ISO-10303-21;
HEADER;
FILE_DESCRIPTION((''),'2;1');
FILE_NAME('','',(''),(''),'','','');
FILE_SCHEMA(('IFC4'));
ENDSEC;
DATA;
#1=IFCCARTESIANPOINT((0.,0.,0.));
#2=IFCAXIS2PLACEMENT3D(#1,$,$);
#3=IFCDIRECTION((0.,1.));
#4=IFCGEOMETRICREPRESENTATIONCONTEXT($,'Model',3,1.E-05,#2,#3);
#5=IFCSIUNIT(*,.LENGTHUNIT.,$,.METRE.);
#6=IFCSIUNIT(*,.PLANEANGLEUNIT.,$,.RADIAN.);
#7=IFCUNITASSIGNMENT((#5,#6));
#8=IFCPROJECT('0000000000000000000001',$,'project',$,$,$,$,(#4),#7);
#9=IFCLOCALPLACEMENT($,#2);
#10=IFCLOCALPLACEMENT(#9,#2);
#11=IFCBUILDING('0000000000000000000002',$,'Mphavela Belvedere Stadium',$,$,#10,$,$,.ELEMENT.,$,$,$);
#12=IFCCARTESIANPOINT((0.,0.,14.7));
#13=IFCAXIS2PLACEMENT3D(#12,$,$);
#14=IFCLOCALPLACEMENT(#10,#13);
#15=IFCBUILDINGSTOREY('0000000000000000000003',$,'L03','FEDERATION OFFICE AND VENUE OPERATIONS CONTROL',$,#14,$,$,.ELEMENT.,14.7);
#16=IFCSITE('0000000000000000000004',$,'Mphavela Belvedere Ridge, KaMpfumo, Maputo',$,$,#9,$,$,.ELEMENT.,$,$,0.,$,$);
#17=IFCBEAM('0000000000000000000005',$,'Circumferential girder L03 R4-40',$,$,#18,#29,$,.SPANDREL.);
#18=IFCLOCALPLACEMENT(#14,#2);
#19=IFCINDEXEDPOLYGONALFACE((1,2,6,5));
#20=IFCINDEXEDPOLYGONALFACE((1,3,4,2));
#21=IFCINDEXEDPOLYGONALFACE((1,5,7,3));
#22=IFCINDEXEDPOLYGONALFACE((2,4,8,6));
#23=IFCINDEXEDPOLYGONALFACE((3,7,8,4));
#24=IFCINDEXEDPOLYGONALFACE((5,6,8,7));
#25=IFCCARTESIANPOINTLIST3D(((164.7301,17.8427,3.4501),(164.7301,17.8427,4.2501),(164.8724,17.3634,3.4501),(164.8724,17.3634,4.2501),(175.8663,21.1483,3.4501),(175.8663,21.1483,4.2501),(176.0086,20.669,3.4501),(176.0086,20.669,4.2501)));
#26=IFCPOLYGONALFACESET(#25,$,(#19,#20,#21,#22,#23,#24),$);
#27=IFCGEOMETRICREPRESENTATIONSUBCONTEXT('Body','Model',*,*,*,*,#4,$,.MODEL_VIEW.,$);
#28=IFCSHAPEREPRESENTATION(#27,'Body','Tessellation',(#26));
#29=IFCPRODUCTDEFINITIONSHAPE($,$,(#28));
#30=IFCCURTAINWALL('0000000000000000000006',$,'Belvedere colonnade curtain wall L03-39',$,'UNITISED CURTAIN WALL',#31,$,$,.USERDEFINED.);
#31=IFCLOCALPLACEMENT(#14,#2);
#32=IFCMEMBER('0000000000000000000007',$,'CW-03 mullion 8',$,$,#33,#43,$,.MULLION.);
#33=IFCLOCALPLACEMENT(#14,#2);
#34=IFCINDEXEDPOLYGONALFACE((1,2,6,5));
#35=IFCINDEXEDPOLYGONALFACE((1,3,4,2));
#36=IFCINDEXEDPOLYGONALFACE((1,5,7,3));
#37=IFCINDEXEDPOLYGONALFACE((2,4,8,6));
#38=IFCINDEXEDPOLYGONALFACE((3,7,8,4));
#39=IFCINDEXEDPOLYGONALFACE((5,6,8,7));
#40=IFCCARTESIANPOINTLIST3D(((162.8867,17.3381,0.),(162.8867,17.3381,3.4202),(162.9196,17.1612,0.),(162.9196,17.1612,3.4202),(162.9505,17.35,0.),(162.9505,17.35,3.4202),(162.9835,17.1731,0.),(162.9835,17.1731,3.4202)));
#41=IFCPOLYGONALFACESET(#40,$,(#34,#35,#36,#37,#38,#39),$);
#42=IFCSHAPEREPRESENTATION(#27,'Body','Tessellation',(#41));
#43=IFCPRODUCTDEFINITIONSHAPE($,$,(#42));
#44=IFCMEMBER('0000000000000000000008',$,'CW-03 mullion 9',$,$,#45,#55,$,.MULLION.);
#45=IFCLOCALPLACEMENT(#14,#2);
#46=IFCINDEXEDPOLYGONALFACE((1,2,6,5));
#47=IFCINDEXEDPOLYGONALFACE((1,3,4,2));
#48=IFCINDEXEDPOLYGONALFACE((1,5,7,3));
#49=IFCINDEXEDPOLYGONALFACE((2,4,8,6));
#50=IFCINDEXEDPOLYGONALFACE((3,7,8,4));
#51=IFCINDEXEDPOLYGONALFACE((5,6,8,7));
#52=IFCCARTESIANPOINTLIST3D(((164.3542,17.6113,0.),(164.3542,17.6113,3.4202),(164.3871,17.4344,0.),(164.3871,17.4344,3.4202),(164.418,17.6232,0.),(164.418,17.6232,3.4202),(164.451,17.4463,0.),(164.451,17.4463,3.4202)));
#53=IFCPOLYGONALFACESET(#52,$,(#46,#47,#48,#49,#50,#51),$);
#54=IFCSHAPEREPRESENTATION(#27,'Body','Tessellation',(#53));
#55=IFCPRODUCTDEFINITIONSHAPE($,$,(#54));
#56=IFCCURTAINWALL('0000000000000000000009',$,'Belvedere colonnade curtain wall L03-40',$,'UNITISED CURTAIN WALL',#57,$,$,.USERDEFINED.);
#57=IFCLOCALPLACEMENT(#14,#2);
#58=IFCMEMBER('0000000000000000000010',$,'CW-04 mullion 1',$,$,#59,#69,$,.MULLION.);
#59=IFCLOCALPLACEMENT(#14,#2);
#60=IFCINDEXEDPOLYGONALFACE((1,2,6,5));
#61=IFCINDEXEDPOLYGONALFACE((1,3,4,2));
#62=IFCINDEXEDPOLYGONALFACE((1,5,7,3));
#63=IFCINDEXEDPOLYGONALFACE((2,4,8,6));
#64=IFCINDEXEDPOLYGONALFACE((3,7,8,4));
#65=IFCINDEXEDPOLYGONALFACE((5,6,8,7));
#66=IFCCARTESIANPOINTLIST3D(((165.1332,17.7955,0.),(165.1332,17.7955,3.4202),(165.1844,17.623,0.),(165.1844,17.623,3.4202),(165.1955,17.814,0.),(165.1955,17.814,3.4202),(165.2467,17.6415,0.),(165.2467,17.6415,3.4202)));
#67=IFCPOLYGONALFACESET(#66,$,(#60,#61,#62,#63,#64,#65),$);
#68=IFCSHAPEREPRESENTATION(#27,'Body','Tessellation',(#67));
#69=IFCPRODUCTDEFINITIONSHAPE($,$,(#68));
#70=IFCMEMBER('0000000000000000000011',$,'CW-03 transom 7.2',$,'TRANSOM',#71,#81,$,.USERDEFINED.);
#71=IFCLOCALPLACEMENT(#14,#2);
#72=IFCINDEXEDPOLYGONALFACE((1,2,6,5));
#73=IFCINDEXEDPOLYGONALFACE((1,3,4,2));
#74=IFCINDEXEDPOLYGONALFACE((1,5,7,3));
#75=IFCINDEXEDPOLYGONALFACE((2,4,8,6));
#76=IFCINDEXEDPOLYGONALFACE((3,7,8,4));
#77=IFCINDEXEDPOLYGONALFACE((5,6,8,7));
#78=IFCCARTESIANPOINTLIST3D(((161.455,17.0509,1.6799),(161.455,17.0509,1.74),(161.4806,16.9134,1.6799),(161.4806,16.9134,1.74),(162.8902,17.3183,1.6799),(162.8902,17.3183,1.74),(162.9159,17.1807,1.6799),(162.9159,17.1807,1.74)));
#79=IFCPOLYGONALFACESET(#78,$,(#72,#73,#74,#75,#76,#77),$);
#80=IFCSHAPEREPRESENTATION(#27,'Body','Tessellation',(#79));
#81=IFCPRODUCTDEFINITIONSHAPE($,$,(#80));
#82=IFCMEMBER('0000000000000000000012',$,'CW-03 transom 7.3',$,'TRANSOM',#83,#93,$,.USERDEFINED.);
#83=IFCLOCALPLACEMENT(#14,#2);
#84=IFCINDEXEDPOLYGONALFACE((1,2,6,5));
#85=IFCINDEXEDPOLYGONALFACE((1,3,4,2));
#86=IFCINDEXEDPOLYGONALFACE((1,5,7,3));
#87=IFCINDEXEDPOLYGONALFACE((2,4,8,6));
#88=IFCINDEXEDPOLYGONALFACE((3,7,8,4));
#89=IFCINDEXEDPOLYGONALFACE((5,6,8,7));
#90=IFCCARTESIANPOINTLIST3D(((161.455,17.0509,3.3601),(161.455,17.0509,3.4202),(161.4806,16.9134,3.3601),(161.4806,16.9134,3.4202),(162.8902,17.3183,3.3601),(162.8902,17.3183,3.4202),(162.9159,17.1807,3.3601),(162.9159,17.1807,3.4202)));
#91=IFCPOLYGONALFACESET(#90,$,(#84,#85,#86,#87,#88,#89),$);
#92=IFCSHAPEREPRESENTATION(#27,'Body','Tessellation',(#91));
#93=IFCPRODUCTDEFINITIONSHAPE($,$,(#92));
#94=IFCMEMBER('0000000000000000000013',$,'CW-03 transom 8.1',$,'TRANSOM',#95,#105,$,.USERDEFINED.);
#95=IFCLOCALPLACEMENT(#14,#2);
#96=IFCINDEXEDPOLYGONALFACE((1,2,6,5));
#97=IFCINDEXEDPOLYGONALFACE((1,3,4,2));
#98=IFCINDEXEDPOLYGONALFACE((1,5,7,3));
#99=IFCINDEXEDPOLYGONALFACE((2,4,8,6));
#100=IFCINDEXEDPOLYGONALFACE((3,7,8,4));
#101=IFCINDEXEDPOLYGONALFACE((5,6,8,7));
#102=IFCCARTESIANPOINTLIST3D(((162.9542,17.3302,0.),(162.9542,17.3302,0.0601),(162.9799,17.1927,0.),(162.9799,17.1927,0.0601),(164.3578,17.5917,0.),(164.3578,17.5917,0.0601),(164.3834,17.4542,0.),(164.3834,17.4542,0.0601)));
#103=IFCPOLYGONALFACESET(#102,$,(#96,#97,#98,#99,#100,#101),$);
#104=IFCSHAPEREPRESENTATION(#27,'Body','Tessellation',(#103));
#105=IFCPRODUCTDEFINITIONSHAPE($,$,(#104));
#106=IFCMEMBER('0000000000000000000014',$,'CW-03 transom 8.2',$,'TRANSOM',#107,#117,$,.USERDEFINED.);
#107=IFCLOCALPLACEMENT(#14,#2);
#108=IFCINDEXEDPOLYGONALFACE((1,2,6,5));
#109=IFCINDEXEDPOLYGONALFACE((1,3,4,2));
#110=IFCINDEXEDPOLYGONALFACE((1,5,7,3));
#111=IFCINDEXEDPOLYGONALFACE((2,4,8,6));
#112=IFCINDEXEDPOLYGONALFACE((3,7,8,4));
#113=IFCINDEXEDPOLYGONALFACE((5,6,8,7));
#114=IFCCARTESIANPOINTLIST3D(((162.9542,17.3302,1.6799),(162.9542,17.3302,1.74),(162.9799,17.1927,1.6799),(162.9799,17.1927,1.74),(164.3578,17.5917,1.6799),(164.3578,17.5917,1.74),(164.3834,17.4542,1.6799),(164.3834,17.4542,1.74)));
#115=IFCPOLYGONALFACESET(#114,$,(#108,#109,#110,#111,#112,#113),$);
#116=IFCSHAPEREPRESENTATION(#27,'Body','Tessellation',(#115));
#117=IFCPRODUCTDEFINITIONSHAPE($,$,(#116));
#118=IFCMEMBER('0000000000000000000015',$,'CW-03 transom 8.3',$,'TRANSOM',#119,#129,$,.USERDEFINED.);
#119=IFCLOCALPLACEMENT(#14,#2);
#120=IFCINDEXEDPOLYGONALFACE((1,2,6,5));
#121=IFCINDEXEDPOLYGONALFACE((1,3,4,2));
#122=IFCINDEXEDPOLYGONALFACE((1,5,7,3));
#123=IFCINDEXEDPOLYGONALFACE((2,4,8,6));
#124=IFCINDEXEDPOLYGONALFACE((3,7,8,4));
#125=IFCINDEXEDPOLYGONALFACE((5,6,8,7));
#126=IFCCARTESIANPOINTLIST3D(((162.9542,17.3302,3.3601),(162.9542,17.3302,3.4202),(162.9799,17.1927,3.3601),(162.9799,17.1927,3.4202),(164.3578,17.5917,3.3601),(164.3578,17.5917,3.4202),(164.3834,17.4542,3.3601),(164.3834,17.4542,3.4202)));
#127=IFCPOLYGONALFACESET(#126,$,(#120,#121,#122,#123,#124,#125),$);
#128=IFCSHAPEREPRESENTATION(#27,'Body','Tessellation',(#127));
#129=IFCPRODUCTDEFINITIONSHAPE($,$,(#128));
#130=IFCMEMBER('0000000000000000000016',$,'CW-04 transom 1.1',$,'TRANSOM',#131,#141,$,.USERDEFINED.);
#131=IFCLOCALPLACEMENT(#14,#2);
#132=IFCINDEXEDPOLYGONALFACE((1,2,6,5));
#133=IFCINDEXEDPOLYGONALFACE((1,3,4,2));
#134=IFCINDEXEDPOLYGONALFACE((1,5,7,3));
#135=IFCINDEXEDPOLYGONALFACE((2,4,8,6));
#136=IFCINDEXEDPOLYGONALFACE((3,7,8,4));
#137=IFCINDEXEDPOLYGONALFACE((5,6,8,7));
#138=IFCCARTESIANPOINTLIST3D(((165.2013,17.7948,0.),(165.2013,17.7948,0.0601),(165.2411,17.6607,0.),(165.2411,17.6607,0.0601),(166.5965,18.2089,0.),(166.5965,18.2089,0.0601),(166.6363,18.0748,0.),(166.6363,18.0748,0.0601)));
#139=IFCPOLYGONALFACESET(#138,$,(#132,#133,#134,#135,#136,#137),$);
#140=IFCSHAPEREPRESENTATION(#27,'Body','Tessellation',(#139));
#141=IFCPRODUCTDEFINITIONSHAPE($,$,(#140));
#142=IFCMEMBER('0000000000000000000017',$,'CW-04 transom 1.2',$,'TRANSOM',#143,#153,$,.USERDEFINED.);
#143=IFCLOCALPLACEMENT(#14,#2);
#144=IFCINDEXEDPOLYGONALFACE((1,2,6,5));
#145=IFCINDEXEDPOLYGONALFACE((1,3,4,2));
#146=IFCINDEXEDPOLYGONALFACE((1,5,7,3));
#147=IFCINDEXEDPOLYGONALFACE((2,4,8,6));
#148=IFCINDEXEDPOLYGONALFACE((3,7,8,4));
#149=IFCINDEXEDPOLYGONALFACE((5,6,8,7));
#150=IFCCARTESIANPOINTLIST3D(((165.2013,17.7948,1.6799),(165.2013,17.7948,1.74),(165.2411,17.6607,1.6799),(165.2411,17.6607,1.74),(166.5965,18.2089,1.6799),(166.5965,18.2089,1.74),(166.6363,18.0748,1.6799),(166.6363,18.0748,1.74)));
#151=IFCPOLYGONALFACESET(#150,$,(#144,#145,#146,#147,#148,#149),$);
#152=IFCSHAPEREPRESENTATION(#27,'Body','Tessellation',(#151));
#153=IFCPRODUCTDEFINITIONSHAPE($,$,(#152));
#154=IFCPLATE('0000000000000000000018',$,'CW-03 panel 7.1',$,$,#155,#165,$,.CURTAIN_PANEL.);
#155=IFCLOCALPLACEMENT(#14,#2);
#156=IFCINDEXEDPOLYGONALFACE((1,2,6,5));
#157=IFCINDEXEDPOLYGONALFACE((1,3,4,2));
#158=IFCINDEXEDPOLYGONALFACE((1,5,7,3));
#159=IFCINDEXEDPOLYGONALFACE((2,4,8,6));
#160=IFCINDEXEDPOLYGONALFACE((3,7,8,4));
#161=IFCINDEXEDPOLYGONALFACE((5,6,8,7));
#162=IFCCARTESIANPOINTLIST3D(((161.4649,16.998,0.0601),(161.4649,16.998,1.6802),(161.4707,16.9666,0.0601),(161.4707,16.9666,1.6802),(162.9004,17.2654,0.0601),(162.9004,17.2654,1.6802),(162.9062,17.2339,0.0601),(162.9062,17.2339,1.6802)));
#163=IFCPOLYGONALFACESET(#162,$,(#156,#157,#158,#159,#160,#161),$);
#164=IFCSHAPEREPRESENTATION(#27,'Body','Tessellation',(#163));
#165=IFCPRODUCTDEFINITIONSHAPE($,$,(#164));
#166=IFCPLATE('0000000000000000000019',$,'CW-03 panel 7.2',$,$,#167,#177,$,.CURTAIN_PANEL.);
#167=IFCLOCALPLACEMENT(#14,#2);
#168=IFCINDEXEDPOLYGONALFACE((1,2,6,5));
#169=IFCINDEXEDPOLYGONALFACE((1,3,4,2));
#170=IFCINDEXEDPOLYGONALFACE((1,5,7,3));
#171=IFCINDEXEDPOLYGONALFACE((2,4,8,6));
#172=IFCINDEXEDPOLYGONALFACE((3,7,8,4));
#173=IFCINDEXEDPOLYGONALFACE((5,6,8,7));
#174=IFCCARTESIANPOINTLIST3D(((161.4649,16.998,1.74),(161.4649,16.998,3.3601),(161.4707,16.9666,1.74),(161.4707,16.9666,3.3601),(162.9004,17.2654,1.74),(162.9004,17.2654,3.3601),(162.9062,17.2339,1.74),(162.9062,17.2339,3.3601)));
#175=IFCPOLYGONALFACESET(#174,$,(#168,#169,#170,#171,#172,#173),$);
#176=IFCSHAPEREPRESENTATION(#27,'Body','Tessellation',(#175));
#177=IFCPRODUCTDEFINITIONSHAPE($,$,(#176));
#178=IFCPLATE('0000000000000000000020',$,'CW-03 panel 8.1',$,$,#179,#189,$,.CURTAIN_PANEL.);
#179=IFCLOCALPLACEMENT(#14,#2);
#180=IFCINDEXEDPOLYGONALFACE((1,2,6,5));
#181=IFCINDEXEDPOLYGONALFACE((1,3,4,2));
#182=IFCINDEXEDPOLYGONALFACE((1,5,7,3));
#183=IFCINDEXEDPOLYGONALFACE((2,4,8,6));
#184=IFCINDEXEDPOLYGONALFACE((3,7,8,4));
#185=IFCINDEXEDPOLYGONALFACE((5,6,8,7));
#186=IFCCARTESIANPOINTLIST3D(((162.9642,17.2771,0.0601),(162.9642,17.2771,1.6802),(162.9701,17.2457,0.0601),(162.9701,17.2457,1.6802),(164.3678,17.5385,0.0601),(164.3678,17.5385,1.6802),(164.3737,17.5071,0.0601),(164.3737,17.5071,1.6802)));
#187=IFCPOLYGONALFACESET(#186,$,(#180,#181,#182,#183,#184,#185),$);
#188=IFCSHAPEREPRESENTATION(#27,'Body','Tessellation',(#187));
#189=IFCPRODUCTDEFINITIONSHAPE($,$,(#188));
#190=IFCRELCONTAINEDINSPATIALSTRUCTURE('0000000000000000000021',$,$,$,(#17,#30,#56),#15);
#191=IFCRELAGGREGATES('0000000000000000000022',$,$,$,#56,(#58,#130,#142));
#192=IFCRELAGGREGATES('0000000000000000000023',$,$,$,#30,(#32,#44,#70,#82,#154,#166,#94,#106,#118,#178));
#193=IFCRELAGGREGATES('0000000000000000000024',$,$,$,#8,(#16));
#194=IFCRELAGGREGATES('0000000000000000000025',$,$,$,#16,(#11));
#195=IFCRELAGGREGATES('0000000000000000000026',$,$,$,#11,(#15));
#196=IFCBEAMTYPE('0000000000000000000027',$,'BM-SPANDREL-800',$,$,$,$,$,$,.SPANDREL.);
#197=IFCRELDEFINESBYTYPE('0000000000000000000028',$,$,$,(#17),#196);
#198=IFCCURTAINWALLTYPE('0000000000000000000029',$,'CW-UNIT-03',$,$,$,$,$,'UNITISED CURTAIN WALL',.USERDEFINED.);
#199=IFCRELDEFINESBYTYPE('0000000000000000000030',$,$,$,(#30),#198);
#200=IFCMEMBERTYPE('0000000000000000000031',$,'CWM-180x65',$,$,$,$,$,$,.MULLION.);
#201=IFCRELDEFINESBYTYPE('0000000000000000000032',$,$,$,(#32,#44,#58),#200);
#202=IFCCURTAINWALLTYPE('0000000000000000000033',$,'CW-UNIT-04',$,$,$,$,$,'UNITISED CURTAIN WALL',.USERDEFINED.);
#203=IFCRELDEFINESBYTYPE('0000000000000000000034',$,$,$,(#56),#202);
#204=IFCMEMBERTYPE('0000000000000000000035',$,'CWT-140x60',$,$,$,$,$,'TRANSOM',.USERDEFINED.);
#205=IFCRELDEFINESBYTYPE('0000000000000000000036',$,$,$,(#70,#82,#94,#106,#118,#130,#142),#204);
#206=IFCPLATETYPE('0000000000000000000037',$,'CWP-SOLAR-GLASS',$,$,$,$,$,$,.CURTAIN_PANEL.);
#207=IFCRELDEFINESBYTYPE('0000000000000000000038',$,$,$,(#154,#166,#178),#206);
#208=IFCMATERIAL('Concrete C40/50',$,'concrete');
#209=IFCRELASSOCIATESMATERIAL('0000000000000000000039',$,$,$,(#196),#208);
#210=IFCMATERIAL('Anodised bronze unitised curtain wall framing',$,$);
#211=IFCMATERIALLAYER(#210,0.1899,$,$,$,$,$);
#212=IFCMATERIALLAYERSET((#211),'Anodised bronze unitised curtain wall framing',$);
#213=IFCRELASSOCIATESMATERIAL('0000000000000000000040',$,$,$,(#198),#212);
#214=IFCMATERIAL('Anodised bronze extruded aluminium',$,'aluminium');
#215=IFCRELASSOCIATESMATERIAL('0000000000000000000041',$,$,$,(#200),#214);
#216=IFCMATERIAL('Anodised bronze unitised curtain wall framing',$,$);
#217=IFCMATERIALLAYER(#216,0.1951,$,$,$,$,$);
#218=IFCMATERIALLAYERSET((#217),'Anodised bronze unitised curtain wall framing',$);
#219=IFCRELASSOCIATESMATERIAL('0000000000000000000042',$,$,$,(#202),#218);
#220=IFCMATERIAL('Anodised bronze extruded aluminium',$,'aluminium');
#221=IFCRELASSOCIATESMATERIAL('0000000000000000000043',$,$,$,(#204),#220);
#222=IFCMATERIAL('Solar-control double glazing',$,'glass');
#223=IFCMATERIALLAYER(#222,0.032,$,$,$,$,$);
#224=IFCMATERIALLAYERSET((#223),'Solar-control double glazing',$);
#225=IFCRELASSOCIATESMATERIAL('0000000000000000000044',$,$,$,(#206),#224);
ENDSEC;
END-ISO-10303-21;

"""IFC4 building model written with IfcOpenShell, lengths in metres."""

from ifc_helpers import new_model, si_unit, direction, frame, origin, origin_2d, place, context, subcontext, project, spatial, rectangle, extrude, material, layer, layer_set, material_profile, profile_set, type_object, element, aggregate, save


model = new_model("IFC4")

# Units and contexts
model_context = context("Model", 3, precision=1e-05, world=origin(), true_north=direction((0.0, 1.0)))
body_context = subcontext(model_context, "Body", "Model", "MODEL_VIEW")
ifc_project = project(units=[si_unit("LENGTHUNIT", "METRE"), si_unit("PLANEANGLEUNIT", "RADIAN")], contexts=[model_context])

# Site, building, storey
site_placement = place(None, origin())
site = spatial("IfcSite", under=ifc_project, at=site_placement, Name="Mphavela Belvedere Ridge, KaMpfumo, Maputo", CompositionType="ELEMENT", RefElevation=0.0)
building_placement = place(site_placement, origin())
building = spatial("IfcBuilding", under=site, at=building_placement, Name="Mphavela Belvedere Stadium", CompositionType="ELEMENT")
storey_placement = place(building_placement, frame((0.0, 0.0, 14.7)))
storey = spatial("IfcBuildingStorey", under=building, at=storey_placement, Name="L03", Description="FEDERATION OFFICE AND VENUE OPERATIONS CONTROL", CompositionType="ELEMENT", Elevation=14.7)

# Beam
ifc_material_1 = material(Name="Concrete C40/50", Category="concrete")
ifc_material_profile_1 = material_profile(ifc_material_1, rectangle(XDim=0.5, YDim=0.8, at=origin_2d()), Name="RC 500x800")
ifc_profile_set_1 = profile_set([ifc_material_profile_1], Name="Concrete C40/50")
beam_type_1 = type_object("IfcBeamType", Name="BM-SPANDREL-800", PredefinedType="SPANDREL", material=ifc_profile_set_1)
beam_1_placement = place(storey_placement, frame((164.8013, 17.603, 3.8501), z_axis=(0.958656, 0.284566, 0.0), x_axis=(-0.284566, 0.958656, 0.0)))
element("IfcBeam", 1, at=beam_1_placement, inside=storey, type_object=beam_type_1, Name="Circumferential girder L03 R4-40", PredefinedType="SPANDREL", context=body_context, shape_type="SweptSolid", body=[
    extrude(rectangle(XDim=0.5, YDim=0.8, at=origin_2d()), origin(), (0.0, 0.0, 1.0), 11.6165),
])

# Curtain wall, members
ifc_material_2 = material(Name="Anodised bronze unitised curtain wall framing")
ifc_layer_1 = layer(ifc_material_2, 0.1899)
ifc_layer_set_1 = layer_set([ifc_layer_1], Name="Anodised bronze unitised curtain wall framing")
curtain_wall_type_1 = type_object("IfcCurtainWallType", Name="CW-UNIT-03", ElementType="UNITISED CURTAIN WALL", PredefinedType="USERDEFINED", material=ifc_layer_set_1)
curtain_wall_1_placement = place(storey_placement, origin())
curtain_wall_1 = element("IfcCurtainWall", 2, at=curtain_wall_1_placement, inside=storey, type_object=curtain_wall_type_1, Name="Belvedere colonnade curtain wall L03-39", ObjectType="UNITISED CURTAIN WALL", PredefinedType="USERDEFINED")
ifc_material_3 = material(Name="Anodised bronze extruded aluminium", Category="aluminium")
ifc_material_profile_2 = material_profile(ifc_material_3, rectangle(XDim=0.1799, YDim=0.0649, at=origin_2d()), Name="CW-MUL 180x65")
ifc_profile_set_2 = profile_set([ifc_material_profile_2], Name="Anodised bronze extruded aluminium")
member_type_1 = type_object("IfcMemberType", Name="CWM-180x65", PredefinedType="MULLION", material=ifc_profile_set_2)
member_1_placement = place(storey_placement, frame((162.9351, 17.2556, 0.0), z_axis=(0.0, 0.0, 1.0), x_axis=(-0.183088, 0.983097, 0.0)))
member_1 = element("IfcMember", 3, at=member_1_placement, type_object=member_type_1, Name="CW-03 mullion 8", PredefinedType="MULLION", context=body_context, shape_type="SweptSolid", body=[
    extrude(rectangle(XDim=0.1799, YDim=0.0649, at=origin_2d()), origin(), (0.0, 0.0, 1.0), 3.4202),
])
member_2_placement = place(storey_placement, frame((164.4026, 17.5288, 0.0), z_axis=(0.0, 0.0, 1.0), x_axis=(-0.183088, 0.983097, 0.0)))
member_2 = element("IfcMember", 4, at=member_2_placement, type_object=member_type_1, Name="CW-03 mullion 9", PredefinedType="MULLION", context=body_context, shape_type="SweptSolid", body=[
    extrude(rectangle(XDim=0.1799, YDim=0.0649, at=origin_2d()), origin(), (0.0, 0.0, 1.0), 3.4202),
])

# Curtain wall, member
ifc_material_4 = material(Name="Anodised bronze unitised curtain wall framing")
ifc_layer_2 = layer(ifc_material_4, 0.1951)
ifc_layer_set_2 = layer_set([ifc_layer_2], Name="Anodised bronze unitised curtain wall framing")
curtain_wall_type_2 = type_object("IfcCurtainWallType", Name="CW-UNIT-04", ElementType="UNITISED CURTAIN WALL", PredefinedType="USERDEFINED", material=ifc_layer_set_2)
curtain_wall_2_placement = place(storey_placement, origin())
curtain_wall_2 = element("IfcCurtainWall", 5, at=curtain_wall_2_placement, inside=storey, type_object=curtain_wall_type_2, Name="Belvedere colonnade curtain wall L03-40", ObjectType="UNITISED CURTAIN WALL", PredefinedType="USERDEFINED")
member_3_placement = place(storey_placement, frame((165.1899, 17.7185, 0.0), z_axis=(0.0, 0.0, 1.0), x_axis=(-0.284565, 0.958657, 0.0)))
member_3 = element("IfcMember", 6, at=member_3_placement, type_object=member_type_1, Name="CW-04 mullion 1", PredefinedType="MULLION", context=body_context, shape_type="SweptSolid", body=[
    extrude(rectangle(XDim=0.1799, YDim=0.0649, at=origin_2d()), origin(), (0.0, 0.0, 1.0), 3.4202),
])

# Members
ifc_material_5 = material(Name="Anodised bronze extruded aluminium", Category="aluminium")
ifc_material_profile_3 = material_profile(ifc_material_5, rectangle(XDim=0.1399, YDim=0.0601, at=origin_2d()), Name="CW-TRN 140x60")
ifc_profile_set_3 = profile_set([ifc_material_profile_3], Name="Anodised bronze extruded aluminium")
member_type_2 = type_object("IfcMemberType", Name="CWT-140x60", ElementType="TRANSOM", PredefinedType="USERDEFINED", material=ifc_profile_set_3)
member_4_placement = place(storey_placement, frame((161.4678, 16.9822, 1.71), z_axis=(0.983093, 0.183107, 0.0), x_axis=(-0.183107, 0.983093, 0.0)))
member_4 = element("IfcMember", 7, at=member_4_placement, type_object=member_type_2, Name="CW-03 transom 7.2", ObjectType="TRANSOM", PredefinedType="USERDEFINED", context=body_context, shape_type="SweptSolid", body=[
    extrude(rectangle(XDim=0.1399, YDim=0.0601, at=origin_2d()), origin(), (0.0, 0.0, 1.0), 1.46),
])
member_5_placement = place(storey_placement, frame((161.4678, 16.9822, 3.3901), z_axis=(0.983093, 0.183107, 0.0), x_axis=(-0.183107, 0.983093, 0.0)))
member_5 = element("IfcMember", 8, at=member_5_placement, type_object=member_type_2, Name="CW-03 transom 7.3", ObjectType="TRANSOM", PredefinedType="USERDEFINED", context=body_context, shape_type="SweptSolid", body=[
    extrude(rectangle(XDim=0.1399, YDim=0.0601, at=origin_2d()), origin(), (0.0, 0.0, 1.0), 1.46),
])
member_6_placement = place(storey_placement, frame((162.967, 17.2615, 0.03), z_axis=(0.983086, 0.183142, 0.0), x_axis=(-0.183142, 0.983086, 0.0)))
member_6 = element("IfcMember", 9, at=member_6_placement, type_object=member_type_2, Name="CW-03 transom 8.1", ObjectType="TRANSOM", PredefinedType="USERDEFINED", context=body_context, shape_type="SweptSolid", body=[
    extrude(rectangle(XDim=0.1399, YDim=0.0601, at=origin_2d()), origin(), (0.0, 0.0, 1.0), 1.4277),
])
member_7_placement = place(storey_placement, frame((162.967, 17.2615, 1.71), z_axis=(0.983086, 0.183142, 0.0), x_axis=(-0.183142, 0.983086, 0.0)))
member_7 = element("IfcMember", 10, at=member_7_placement, type_object=member_type_2, Name="CW-03 transom 8.2", ObjectType="TRANSOM", PredefinedType="USERDEFINED", context=body_context, shape_type="SweptSolid", body=[
    extrude(rectangle(XDim=0.1399, YDim=0.0601, at=origin_2d()), origin(), (0.0, 0.0, 1.0), 1.4277),
])
member_8_placement = place(storey_placement, frame((162.967, 17.2615, 3.3901), z_axis=(0.983086, 0.183142, 0.0), x_axis=(-0.183142, 0.983086, 0.0)))
member_8 = element("IfcMember", 11, at=member_8_placement, type_object=member_type_2, Name="CW-03 transom 8.3", ObjectType="TRANSOM", PredefinedType="USERDEFINED", context=body_context, shape_type="SweptSolid", body=[
    extrude(rectangle(XDim=0.1399, YDim=0.0601, at=origin_2d()), origin(), (0.0, 0.0, 1.0), 1.4277),
])
member_9_placement = place(storey_placement, frame((165.2212, 17.7278, 0.03), z_axis=(0.958676, 0.2845, 0.0), x_axis=(-0.2845, 0.958676, 0.0)))
member_9 = element("IfcMember", 12, at=member_9_placement, type_object=member_type_2, Name="CW-04 transom 1.1", ObjectType="TRANSOM", PredefinedType="USERDEFINED", context=body_context, shape_type="SweptSolid", body=[
    extrude(rectangle(XDim=0.1399, YDim=0.0601, at=origin_2d()), origin(), (0.0, 0.0, 1.0), 1.4553),
])
member_10_placement = place(storey_placement, frame((165.2212, 17.7278, 1.71), z_axis=(0.958676, 0.2845, 0.0), x_axis=(-0.2845, 0.958676, 0.0)))
member_10 = element("IfcMember", 13, at=member_10_placement, type_object=member_type_2, Name="CW-04 transom 1.2", ObjectType="TRANSOM", PredefinedType="USERDEFINED", context=body_context, shape_type="SweptSolid", body=[
    extrude(rectangle(XDim=0.1399, YDim=0.0601, at=origin_2d()), origin(), (0.0, 0.0, 1.0), 1.4553),
])
aggregate(curtain_wall_2, [member_3, member_9, member_10])

# Plates
ifc_material_6 = material(Name="Solar-control double glazing", Category="glass")
ifc_layer_3 = layer(ifc_material_6, 0.032)
ifc_layer_set_3 = layer_set([ifc_layer_3], Name="Solar-control double glazing")
plate_type = type_object("IfcPlateType", Name="CWP-SOLAR-GLASS", PredefinedType="CURTAIN_PANEL", material=ifc_layer_set_3)
plate_1_placement = place(storey_placement, frame((162.1855, 17.116, 0.0601), z_axis=(0.0, 0.0, 1.0), x_axis=(0.983097, 0.183088, 0.0)))
plate_1 = element("IfcPlate", 14, at=plate_1_placement, type_object=plate_type, Name="CW-03 panel 7.1", PredefinedType="CURTAIN_PANEL", context=body_context, shape_type="SweptSolid", body=[
    extrude(rectangle(XDim=1.4602, YDim=0.032, at=origin_2d()), origin(), (0.0, 0.0, 1.0), 1.6201),
])
plate_2_placement = place(storey_placement, frame((162.1855, 17.116, 1.74), z_axis=(0.0, 0.0, 1.0), x_axis=(0.983097, 0.183088, 0.0)))
plate_2 = element("IfcPlate", 15, at=plate_2_placement, type_object=plate_type, Name="CW-03 panel 7.2", PredefinedType="CURTAIN_PANEL", context=body_context, shape_type="SweptSolid", body=[
    extrude(rectangle(XDim=1.4602, YDim=0.032, at=origin_2d()), origin(), (0.0, 0.0, 1.0), 1.6201),
])
plate_3_placement = place(storey_placement, frame((163.6689, 17.3921, 0.0601), z_axis=(0.0, 0.0, 1.0), x_axis=(0.983097, 0.183088, 0.0)))
plate_3 = element("IfcPlate", 16, at=plate_3_placement, type_object=plate_type, Name="CW-03 panel 8.1", PredefinedType="CURTAIN_PANEL", context=body_context, shape_type="SweptSolid", body=[
    extrude(rectangle(XDim=1.4277, YDim=0.032, at=origin_2d()), origin(), (0.0, 0.0, 1.0), 1.6201),
])
aggregate(curtain_wall_1, [member_1, member_2, member_4, member_5, plate_1, plate_2, member_6, member_7, member_8, plate_3])

save(model, "model.ifc")
